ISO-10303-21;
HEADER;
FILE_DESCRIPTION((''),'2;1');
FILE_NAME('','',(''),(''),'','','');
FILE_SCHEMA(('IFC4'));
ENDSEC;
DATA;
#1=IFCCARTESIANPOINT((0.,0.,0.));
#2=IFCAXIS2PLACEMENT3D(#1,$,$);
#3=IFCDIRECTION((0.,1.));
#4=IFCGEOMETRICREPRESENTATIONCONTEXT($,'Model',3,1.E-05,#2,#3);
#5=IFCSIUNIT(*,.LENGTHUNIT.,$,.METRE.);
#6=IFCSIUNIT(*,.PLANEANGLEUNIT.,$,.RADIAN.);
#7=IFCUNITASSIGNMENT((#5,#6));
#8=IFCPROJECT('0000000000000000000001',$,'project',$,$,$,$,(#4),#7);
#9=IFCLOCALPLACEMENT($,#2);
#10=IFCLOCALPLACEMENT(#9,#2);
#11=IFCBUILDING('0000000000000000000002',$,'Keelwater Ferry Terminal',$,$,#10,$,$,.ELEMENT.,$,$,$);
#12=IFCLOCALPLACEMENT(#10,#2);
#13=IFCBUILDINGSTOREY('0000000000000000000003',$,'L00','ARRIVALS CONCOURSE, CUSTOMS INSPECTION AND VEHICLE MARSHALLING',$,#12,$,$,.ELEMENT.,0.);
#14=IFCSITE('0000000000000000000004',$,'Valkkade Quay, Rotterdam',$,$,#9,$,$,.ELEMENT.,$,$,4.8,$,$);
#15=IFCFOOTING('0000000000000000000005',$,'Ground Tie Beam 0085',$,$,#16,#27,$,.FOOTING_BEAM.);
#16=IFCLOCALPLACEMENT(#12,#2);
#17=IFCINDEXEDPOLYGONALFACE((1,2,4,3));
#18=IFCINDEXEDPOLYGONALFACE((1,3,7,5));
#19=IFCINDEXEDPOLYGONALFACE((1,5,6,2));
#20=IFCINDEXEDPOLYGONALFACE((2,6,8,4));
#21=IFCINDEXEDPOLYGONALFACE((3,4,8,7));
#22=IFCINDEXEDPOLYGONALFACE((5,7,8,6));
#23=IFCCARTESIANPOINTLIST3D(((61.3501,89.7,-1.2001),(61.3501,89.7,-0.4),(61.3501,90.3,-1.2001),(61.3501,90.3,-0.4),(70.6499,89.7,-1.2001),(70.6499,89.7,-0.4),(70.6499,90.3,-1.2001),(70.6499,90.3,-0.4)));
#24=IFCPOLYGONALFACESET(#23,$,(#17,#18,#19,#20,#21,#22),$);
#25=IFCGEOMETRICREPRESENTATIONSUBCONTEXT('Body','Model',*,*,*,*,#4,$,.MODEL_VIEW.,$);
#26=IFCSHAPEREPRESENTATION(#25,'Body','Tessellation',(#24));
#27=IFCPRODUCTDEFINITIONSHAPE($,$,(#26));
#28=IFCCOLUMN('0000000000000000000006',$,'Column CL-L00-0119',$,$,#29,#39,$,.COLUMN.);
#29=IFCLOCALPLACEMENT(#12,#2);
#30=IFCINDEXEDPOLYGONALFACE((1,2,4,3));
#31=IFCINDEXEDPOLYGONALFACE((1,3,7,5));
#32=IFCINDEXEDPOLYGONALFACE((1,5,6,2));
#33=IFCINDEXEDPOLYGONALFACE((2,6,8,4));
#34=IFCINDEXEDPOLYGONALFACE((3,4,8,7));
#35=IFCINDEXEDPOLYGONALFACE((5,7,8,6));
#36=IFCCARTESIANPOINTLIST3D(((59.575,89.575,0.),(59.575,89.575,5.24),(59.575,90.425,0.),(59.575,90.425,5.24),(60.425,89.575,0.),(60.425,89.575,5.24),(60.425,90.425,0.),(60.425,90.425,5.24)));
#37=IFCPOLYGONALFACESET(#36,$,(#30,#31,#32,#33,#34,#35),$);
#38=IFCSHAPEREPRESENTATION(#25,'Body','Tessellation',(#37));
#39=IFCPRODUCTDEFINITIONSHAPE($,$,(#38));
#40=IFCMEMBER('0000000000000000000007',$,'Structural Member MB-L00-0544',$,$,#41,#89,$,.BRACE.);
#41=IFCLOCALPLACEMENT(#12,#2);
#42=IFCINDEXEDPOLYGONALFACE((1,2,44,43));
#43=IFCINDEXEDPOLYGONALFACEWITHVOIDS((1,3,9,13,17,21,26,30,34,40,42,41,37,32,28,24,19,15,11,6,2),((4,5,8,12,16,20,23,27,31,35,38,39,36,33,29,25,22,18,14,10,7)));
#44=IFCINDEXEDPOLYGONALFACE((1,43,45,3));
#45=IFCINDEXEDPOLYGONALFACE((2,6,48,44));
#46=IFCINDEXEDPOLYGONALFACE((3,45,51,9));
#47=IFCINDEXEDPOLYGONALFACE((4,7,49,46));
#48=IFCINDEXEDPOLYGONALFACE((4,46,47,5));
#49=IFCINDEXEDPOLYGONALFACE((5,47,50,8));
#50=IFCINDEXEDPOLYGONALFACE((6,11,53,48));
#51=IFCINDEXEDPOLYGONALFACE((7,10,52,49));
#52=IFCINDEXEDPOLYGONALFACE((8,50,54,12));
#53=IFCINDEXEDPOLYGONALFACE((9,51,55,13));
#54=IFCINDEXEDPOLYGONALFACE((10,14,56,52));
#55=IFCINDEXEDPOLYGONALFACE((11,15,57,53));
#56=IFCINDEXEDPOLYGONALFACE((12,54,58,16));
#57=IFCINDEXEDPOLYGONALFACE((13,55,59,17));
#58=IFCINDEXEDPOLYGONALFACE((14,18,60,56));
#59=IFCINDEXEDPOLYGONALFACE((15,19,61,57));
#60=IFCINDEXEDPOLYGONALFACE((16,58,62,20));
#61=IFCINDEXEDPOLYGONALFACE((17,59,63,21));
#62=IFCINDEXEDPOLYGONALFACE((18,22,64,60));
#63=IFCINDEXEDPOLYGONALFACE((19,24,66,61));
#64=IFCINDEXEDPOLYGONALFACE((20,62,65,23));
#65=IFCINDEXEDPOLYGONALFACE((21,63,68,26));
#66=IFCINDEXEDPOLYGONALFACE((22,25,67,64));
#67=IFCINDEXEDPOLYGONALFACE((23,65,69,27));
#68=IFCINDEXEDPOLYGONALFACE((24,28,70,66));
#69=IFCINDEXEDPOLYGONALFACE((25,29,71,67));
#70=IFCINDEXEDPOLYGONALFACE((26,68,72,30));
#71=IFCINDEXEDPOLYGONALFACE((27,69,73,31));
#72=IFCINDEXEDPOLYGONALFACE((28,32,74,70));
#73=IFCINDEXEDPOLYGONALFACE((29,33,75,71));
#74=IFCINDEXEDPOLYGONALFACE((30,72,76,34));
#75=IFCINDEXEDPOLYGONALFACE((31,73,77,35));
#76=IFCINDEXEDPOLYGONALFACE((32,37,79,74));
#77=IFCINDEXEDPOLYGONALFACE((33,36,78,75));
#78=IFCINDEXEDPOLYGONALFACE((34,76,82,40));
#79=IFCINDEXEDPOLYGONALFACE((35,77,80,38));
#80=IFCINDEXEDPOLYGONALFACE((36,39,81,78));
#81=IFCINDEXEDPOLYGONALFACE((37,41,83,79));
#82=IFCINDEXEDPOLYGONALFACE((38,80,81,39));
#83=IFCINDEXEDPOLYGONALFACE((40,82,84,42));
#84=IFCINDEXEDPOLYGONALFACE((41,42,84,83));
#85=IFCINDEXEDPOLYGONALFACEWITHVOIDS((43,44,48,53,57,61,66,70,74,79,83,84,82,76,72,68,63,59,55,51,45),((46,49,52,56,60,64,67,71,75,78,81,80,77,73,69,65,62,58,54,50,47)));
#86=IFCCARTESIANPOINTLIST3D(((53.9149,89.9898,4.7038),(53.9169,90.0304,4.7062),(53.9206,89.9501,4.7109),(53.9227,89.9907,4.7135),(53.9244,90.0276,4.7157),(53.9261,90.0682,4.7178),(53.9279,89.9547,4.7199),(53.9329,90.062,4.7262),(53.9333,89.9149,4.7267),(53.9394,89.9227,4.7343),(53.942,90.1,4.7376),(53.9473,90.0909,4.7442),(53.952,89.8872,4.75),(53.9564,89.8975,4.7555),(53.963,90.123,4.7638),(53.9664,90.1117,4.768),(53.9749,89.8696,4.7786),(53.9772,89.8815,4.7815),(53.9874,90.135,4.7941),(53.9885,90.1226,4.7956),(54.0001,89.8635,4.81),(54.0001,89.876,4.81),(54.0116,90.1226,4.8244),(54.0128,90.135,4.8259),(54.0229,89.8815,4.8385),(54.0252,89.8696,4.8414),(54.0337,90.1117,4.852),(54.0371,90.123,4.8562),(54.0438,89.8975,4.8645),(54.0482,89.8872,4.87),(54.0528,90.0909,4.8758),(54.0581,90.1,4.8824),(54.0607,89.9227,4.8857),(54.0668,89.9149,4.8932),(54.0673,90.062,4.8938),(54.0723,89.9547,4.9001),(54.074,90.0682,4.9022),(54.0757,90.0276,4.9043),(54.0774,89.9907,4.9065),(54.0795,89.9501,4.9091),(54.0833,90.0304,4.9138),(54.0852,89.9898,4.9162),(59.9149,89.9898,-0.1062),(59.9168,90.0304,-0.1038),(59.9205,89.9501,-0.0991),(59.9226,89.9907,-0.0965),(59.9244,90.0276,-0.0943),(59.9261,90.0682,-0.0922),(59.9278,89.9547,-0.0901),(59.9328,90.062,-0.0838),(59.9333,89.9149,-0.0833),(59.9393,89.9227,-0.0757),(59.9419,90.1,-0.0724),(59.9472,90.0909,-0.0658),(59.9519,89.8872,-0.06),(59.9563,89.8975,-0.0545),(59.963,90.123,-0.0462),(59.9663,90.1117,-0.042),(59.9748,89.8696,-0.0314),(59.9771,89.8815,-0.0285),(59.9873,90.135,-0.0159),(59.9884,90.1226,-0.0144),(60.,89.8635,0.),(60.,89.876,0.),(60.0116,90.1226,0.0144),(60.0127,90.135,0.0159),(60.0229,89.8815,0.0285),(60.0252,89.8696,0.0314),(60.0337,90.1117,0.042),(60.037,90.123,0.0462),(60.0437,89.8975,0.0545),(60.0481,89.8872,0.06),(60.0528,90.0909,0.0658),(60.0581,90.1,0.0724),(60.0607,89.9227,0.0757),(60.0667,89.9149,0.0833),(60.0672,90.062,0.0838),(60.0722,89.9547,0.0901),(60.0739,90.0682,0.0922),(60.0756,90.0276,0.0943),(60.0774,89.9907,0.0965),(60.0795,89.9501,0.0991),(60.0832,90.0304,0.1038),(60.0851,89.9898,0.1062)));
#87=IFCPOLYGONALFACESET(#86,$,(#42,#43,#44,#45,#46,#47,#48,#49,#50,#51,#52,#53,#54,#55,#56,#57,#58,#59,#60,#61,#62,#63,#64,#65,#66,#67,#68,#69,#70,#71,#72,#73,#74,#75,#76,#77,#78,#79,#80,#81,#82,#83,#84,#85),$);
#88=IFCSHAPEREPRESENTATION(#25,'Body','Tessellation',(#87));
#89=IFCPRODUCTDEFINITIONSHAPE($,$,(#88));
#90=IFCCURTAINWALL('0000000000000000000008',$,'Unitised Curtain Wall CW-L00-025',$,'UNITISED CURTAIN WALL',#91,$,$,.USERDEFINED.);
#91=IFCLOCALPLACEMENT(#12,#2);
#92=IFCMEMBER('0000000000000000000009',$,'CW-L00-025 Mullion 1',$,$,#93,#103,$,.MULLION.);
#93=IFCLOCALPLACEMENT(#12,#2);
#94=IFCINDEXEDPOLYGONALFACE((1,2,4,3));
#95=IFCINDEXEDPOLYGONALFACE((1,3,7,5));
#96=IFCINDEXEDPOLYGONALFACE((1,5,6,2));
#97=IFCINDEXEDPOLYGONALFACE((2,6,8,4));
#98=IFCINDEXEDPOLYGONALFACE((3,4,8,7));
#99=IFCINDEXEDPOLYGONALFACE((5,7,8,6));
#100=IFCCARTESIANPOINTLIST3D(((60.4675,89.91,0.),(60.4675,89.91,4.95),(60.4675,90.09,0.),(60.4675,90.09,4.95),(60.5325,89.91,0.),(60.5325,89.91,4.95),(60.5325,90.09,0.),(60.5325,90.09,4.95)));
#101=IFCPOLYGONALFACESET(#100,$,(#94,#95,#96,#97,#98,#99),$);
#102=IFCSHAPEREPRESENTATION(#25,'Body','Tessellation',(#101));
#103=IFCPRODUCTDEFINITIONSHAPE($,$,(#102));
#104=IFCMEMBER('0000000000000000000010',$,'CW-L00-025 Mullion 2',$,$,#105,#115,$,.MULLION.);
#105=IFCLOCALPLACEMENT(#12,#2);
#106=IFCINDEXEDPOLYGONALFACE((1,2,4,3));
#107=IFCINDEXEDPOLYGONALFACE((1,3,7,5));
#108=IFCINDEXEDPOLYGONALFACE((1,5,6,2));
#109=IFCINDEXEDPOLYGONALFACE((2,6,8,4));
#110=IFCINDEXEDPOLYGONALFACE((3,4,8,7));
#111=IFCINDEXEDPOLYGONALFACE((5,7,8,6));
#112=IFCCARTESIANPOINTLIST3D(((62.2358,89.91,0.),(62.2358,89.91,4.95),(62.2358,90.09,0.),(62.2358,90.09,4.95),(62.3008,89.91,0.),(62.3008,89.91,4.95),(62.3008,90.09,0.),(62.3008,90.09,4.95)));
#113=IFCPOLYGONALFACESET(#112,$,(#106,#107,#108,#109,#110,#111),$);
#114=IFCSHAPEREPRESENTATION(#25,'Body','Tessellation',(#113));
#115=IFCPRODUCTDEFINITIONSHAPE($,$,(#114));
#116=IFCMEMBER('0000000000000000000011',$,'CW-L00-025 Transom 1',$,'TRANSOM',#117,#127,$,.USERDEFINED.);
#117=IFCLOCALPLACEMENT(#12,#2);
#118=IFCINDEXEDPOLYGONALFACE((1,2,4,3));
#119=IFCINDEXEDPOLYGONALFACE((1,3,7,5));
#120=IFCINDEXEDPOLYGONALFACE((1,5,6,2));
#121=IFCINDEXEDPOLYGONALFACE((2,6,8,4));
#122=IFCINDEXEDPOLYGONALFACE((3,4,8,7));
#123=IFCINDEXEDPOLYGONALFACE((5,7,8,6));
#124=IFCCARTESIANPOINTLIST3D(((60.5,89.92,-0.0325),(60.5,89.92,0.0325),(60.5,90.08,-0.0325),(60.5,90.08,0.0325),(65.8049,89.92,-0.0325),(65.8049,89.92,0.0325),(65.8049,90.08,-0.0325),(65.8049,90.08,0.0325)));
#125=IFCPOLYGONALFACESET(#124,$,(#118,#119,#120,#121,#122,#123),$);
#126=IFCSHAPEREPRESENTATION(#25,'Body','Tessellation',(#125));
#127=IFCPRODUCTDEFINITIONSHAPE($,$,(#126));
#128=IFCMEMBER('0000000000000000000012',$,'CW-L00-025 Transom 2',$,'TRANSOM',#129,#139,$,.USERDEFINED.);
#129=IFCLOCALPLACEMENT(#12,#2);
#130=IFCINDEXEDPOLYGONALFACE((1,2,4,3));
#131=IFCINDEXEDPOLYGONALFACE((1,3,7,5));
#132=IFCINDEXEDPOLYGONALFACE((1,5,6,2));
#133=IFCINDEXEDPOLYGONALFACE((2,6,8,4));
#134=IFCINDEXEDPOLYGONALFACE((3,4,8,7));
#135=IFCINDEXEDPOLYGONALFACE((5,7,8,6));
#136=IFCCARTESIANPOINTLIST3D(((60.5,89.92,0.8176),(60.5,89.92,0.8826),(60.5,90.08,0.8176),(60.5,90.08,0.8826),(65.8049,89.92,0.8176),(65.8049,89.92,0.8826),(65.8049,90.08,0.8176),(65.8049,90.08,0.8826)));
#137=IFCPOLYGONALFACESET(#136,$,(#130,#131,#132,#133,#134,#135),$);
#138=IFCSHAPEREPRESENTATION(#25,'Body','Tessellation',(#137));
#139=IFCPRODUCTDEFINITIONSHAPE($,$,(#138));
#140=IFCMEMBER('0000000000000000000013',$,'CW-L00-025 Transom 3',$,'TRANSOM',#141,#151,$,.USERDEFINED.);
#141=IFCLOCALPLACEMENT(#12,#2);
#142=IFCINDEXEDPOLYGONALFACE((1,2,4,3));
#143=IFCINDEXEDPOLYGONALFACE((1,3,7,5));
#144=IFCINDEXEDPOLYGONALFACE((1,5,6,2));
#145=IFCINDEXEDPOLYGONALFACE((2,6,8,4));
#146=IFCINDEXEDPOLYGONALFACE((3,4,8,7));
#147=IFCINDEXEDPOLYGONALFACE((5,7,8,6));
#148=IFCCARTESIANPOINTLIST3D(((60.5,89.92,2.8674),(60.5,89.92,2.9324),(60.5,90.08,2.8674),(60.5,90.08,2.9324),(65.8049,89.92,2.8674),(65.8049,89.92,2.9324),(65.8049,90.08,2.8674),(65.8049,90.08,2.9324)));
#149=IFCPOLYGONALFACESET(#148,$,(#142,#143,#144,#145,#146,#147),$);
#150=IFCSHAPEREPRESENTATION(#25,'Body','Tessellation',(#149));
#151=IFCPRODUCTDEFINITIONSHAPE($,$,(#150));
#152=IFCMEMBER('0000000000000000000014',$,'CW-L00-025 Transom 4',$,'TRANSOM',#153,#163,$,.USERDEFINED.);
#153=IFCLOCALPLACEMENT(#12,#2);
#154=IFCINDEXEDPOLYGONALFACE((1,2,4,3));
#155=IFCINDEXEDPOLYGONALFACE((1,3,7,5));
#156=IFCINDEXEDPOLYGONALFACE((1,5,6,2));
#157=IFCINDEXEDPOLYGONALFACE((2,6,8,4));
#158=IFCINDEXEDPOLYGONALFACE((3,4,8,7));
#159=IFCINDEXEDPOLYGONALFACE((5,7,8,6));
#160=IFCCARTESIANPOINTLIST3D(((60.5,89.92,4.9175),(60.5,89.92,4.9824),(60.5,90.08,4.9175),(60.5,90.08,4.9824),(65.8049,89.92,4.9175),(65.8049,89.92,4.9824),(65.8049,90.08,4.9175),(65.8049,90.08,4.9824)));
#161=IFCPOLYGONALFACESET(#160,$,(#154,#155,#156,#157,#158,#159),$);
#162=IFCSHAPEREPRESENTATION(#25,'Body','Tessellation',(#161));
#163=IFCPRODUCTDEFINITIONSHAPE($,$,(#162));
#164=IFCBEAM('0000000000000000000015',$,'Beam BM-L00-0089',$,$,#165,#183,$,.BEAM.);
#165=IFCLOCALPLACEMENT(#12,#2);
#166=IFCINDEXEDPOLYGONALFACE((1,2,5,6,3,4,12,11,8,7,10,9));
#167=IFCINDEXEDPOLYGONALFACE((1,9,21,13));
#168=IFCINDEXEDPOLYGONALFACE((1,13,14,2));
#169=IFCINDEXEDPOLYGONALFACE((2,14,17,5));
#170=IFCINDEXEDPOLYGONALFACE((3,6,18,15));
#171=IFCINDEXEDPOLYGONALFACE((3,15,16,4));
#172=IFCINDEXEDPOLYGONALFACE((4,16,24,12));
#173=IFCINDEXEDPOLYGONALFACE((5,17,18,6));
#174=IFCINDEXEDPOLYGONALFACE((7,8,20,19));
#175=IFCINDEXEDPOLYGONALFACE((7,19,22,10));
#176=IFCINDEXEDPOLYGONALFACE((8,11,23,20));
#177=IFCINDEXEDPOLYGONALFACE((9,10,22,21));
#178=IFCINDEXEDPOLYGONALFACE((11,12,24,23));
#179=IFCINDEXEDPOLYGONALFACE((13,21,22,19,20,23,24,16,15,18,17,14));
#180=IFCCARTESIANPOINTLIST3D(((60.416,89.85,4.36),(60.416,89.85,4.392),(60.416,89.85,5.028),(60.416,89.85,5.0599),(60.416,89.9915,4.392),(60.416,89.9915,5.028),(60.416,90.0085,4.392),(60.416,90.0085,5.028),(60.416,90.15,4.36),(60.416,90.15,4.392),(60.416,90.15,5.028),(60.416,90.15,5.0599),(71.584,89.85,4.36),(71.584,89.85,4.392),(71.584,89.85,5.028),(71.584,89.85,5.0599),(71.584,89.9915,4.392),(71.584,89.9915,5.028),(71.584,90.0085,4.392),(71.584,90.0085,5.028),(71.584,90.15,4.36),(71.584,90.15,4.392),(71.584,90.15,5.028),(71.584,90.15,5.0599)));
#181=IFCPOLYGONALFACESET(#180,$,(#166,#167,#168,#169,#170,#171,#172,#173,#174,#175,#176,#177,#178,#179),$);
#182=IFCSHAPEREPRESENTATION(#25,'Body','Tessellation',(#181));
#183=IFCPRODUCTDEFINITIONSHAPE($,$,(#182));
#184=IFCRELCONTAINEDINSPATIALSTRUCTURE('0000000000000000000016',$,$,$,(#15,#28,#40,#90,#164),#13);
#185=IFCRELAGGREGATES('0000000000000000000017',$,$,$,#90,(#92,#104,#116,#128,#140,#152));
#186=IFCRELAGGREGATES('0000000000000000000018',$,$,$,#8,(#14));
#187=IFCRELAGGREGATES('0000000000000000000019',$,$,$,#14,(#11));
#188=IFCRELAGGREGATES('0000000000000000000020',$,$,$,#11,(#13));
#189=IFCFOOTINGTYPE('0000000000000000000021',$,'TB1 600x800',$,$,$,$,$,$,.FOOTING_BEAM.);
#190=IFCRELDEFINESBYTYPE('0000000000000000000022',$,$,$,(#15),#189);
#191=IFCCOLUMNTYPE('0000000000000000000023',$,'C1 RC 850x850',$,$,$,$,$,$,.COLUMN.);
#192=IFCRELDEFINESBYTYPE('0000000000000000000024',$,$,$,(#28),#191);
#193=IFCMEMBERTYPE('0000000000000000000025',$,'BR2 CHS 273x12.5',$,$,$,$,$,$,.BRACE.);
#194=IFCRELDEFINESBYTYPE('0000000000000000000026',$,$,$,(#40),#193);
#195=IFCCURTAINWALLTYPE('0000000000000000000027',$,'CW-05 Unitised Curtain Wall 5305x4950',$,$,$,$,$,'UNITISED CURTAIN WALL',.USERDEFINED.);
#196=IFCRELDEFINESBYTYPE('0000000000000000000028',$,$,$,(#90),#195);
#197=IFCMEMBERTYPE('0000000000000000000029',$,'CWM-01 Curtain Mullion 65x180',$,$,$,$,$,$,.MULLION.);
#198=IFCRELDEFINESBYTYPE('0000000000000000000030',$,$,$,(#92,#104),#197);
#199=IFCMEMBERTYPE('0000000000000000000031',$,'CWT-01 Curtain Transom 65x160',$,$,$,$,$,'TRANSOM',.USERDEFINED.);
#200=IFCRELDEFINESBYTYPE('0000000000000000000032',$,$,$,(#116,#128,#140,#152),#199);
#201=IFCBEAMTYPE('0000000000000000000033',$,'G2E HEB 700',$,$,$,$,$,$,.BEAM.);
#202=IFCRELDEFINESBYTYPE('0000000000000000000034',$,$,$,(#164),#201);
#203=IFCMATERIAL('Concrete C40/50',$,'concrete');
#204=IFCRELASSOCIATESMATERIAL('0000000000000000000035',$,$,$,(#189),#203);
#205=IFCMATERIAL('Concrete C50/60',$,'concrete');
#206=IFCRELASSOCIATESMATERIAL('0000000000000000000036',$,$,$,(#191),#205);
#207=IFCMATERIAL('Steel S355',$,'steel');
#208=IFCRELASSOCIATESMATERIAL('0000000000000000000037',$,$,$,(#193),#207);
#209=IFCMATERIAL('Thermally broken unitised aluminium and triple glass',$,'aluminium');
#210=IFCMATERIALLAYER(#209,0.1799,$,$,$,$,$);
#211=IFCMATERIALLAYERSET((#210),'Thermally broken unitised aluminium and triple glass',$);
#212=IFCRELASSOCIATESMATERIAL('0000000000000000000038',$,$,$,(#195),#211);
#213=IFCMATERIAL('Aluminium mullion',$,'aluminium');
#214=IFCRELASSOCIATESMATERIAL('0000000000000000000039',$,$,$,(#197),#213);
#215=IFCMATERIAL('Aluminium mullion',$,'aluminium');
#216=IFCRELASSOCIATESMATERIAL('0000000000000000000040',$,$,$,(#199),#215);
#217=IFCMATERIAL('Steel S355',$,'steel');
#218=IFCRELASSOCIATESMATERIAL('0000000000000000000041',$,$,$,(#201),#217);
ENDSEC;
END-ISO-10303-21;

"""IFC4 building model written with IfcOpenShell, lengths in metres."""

from ifc_helpers import new_model, si_unit, direction, frame, origin, origin_2d, place, context, subcontext, project, spatial, rectangle, hollow_circle, i_section, extrude, material, layer, layer_set, material_profile, profile_set, type_object, element, aggregate, save


model = new_model("IFC4")

# Units and contexts
model_context = context("Model", 3, precision=1e-05, world=origin(), true_north=direction((0.0, 1.0)))
body_context = subcontext(model_context, "Body", "Model", "MODEL_VIEW")
ifc_project = project(units=[si_unit("LENGTHUNIT", "METRE"), si_unit("PLANEANGLEUNIT", "RADIAN")], contexts=[model_context])

# Site, building, storey
site_placement = place(None, origin())
site = spatial("IfcSite", under=ifc_project, at=site_placement, Name="Valkkade Quay, Rotterdam", CompositionType="ELEMENT", RefElevation=4.8)
building_placement = place(site_placement, origin())
building = spatial("IfcBuilding", under=site, at=building_placement, Name="Keelwater Ferry Terminal", CompositionType="ELEMENT")
storey_placement = place(building_placement, origin())
storey = spatial("IfcBuildingStorey", under=building, at=storey_placement, Name="L00", Description="ARRIVALS CONCOURSE, CUSTOMS INSPECTION AND VEHICLE MARSHALLING", CompositionType="ELEMENT", Elevation=0.0)

# Footing
ifc_material_1 = material(Name="Concrete C40/50", Category="concrete")
ifc_material_profile_1 = material_profile(ifc_material_1, rectangle(XDim=0.6001, YDim=0.8, at=origin_2d()), Name="TB 600x800")
ifc_profile_set_1 = profile_set([ifc_material_profile_1], Name="Concrete C40/50")
footing_type = type_object("IfcFootingType", Name="TB1 600x800", PredefinedType="FOOTING_BEAM", material=ifc_profile_set_1)
footing_placement = place(storey_placement, frame((61.3501, 90.0, -0.8), z_axis=(1.0, 0.0, 0.0), x_axis=(0.0, 1.0, 0.0)))
element("IfcFooting", 1, at=footing_placement, inside=storey, type_object=footing_type, Name="Ground Tie Beam 0085", PredefinedType="FOOTING_BEAM", context=body_context, shape_type="SweptSolid", body=[
    extrude(rectangle(XDim=0.6001, YDim=0.8, at=origin_2d()), origin(), (0.0, 0.0, 1.0), 9.2998),
])

# Column
ifc_material_2 = material(Name="Concrete C50/60", Category="concrete")
ifc_material_profile_2 = material_profile(ifc_material_2, rectangle(XDim=0.8501, YDim=0.8501, at=origin_2d()), Name="RC 850x850")
ifc_profile_set_2 = profile_set([ifc_material_profile_2], Name="Concrete C50/60")
column_type = type_object("IfcColumnType", Name="C1 RC 850x850", PredefinedType="COLUMN", material=ifc_profile_set_2)
column_placement = place(storey_placement, frame((60.0, 90.0, 0.0), z_axis=(0.0, 0.0, 1.0), x_axis=(1.0, 0.0, 0.0)))
element("IfcColumn", 2, at=column_placement, inside=storey, type_object=column_type, Name="Column CL-L00-0119", PredefinedType="COLUMN", context=body_context, shape_type="SweptSolid", body=[
    extrude(rectangle(XDim=0.8501, YDim=0.8501, at=origin_2d()), origin(), (0.0, 0.0, 1.0), 5.24),
])

# Member
ifc_material_3 = material(Name="Steel S355", Category="steel")
ifc_material_profile_3 = material_profile(ifc_material_3, hollow_circle(Radius=0.1365, WallThickness=0.0125, at=origin_2d()), Name="CHS 273x12.5")
ifc_profile_set_3 = profile_set([ifc_material_profile_3], Name="Steel S355")
member_type_1 = type_object("IfcMemberType", Name="BR2 CHS 273x12.5", PredefinedType="BRACE", material=ifc_profile_set_3)
member_1_placement = place(storey_placement, frame((60.0, 90.0, 0.0), z_axis=(-0.78023, 0.0, 0.625492), x_axis=(0.0, -1.0, 0.0)))
element("IfcMember", 3, at=member_1_placement, inside=storey, type_object=member_type_1, Name="Structural Member MB-L00-0544", PredefinedType="BRACE", context=body_context, shape_type="SweptSolid", body=[
    extrude(hollow_circle(Radius=0.1365, WallThickness=0.0125, at=origin_2d()), origin(), (0.0, 0.0, 1.0), 7.6899),
])

# Curtain wall, members
ifc_material_4 = material(Name="Thermally broken unitised aluminium and triple glass", Category="aluminium")
ifc_layer_1 = layer(ifc_material_4, 0.1799)
ifc_layer_set_1 = layer_set([ifc_layer_1], Name="Thermally broken unitised aluminium and triple glass")
curtain_wall_type = type_object("IfcCurtainWallType", Name="CW-05 Unitised Curtain Wall 5305x4950", ElementType="UNITISED CURTAIN WALL", PredefinedType="USERDEFINED", material=ifc_layer_set_1)
curtain_wall_placement = place(storey_placement, origin())
curtain_wall = element("IfcCurtainWall", 4, at=curtain_wall_placement, inside=storey, type_object=curtain_wall_type, Name="Unitised Curtain Wall CW-L00-025", ObjectType="UNITISED CURTAIN WALL", PredefinedType="USERDEFINED")
ifc_material_5 = material(Name="Aluminium mullion", Category="aluminium")
ifc_material_profile_4 = material_profile(ifc_material_5, rectangle(XDim=0.0649, YDim=0.1799, at=origin_2d()), Name="CWM-01")
ifc_profile_set_4 = profile_set([ifc_material_profile_4], Name="Aluminium mullion")
member_type_2 = type_object("IfcMemberType", Name="CWM-01 Curtain Mullion 65x180", PredefinedType="MULLION", material=ifc_profile_set_4)
member_2_placement = place(storey_placement, frame((60.5, 90.0, 0.0), z_axis=(0.0, 0.0, 1.0), x_axis=(1.0, 0.0, 0.0)))
member_2 = element("IfcMember", 5, at=member_2_placement, type_object=member_type_2, Name="CW-L00-025 Mullion 1", PredefinedType="MULLION", context=body_context, shape_type="SweptSolid", body=[
    extrude(rectangle(XDim=0.0649, YDim=0.1799, at=origin_2d()), origin(), (0.0, 0.0, 1.0), 4.95),
])
member_3_placement = place(storey_placement, frame((62.2683, 90.0, 0.0), z_axis=(0.0, 0.0, 1.0), x_axis=(1.0, 0.0, 0.0)))
member_3 = element("IfcMember", 6, at=member_3_placement, type_object=member_type_2, Name="CW-L00-025 Mullion 2", PredefinedType="MULLION", context=body_context, shape_type="SweptSolid", body=[
    extrude(rectangle(XDim=0.0649, YDim=0.1799, at=origin_2d()), origin(), (0.0, 0.0, 1.0), 4.95),
])
ifc_material_6 = material(Name="Aluminium mullion", Category="aluminium")
ifc_material_profile_5 = material_profile(ifc_material_6, rectangle(XDim=0.1599, YDim=0.0649, at=origin_2d()), Name="CWT-01")
ifc_profile_set_5 = profile_set([ifc_material_profile_5], Name="Aluminium mullion")
member_type_3 = type_object("IfcMemberType", Name="CWT-01 Curtain Transom 65x160", ElementType="TRANSOM", PredefinedType="USERDEFINED", material=ifc_profile_set_5)
member_4_placement = place(storey_placement, frame((60.5, 90.0, 0.0), z_axis=(1.0, 0.0, 0.0), x_axis=(0.0, 1.0, 0.0)))
member_4 = element("IfcMember", 7, at=member_4_placement, type_object=member_type_3, Name="CW-L00-025 Transom 1", ObjectType="TRANSOM", PredefinedType="USERDEFINED", context=body_context, shape_type="SweptSolid", body=[
    extrude(rectangle(XDim=0.1599, YDim=0.0649, at=origin_2d()), origin(), (0.0, 0.0, 1.0), 5.3049),
])
member_5_placement = place(storey_placement, frame((60.5, 90.0, 0.8501), z_axis=(1.0, 0.0, 0.0), x_axis=(0.0, 1.0, 0.0)))
member_5 = element("IfcMember", 8, at=member_5_placement, type_object=member_type_3, Name="CW-L00-025 Transom 2", ObjectType="TRANSOM", PredefinedType="USERDEFINED", context=body_context, shape_type="SweptSolid", body=[
    extrude(rectangle(XDim=0.1599, YDim=0.0649, at=origin_2d()), origin(), (0.0, 0.0, 1.0), 5.3049),
])
member_6_placement = place(storey_placement, frame((60.5, 90.0, 2.8999), z_axis=(1.0, 0.0, 0.0), x_axis=(0.0, 1.0, 0.0)))
member_6 = element("IfcMember", 9, at=member_6_placement, type_object=member_type_3, Name="CW-L00-025 Transom 3", ObjectType="TRANSOM", PredefinedType="USERDEFINED", context=body_context, shape_type="SweptSolid", body=[
    extrude(rectangle(XDim=0.1599, YDim=0.0649, at=origin_2d()), origin(), (0.0, 0.0, 1.0), 5.3049),
])
member_7_placement = place(storey_placement, frame((60.5, 90.0, 4.95), z_axis=(1.0, 0.0, 0.0), x_axis=(0.0, 1.0, 0.0)))
member_7 = element("IfcMember", 10, at=member_7_placement, type_object=member_type_3, Name="CW-L00-025 Transom 4", ObjectType="TRANSOM", PredefinedType="USERDEFINED", context=body_context, shape_type="SweptSolid", body=[
    extrude(rectangle(XDim=0.1599, YDim=0.0649, at=origin_2d()), origin(), (0.0, 0.0, 1.0), 5.3049),
])

# Beam
ifc_material_7 = material(Name="Steel S355", Category="steel")
ifc_material_profile_6 = material_profile(ifc_material_7, i_section(OverallWidth=0.3, OverallDepth=0.7, WebThickness=0.0171, FlangeThickness=0.032, at=origin_2d()), Name="HEB 700")
ifc_profile_set_6 = profile_set([ifc_material_profile_6], Name="Steel S355")
beam_type_1 = type_object("IfcBeamType", Name="G2E HEB 700", PredefinedType="BEAM", material=ifc_profile_set_6)
beam_1_placement = place(storey_placement, frame((60.416, 90.0, 4.71), z_axis=(1.0, 0.0, 0.0), x_axis=(0.0, 1.0, 0.0)))
element("IfcBeam", 11, at=beam_1_placement, inside=storey, type_object=beam_type_1, Name="Beam BM-L00-0089", PredefinedType="BEAM", context=body_context, shape_type="SweptSolid", body=[
    extrude(i_section(OverallWidth=0.3, OverallDepth=0.7, WebThickness=0.0171, FlangeThickness=0.032, at=origin_2d()), origin(), (0.0, 0.0, 1.0), 11.168),
])

aggregate(curtain_wall, [member_2, member_3, member_4, member_5, member_6, member_7])

save(model, "model.ifc")
